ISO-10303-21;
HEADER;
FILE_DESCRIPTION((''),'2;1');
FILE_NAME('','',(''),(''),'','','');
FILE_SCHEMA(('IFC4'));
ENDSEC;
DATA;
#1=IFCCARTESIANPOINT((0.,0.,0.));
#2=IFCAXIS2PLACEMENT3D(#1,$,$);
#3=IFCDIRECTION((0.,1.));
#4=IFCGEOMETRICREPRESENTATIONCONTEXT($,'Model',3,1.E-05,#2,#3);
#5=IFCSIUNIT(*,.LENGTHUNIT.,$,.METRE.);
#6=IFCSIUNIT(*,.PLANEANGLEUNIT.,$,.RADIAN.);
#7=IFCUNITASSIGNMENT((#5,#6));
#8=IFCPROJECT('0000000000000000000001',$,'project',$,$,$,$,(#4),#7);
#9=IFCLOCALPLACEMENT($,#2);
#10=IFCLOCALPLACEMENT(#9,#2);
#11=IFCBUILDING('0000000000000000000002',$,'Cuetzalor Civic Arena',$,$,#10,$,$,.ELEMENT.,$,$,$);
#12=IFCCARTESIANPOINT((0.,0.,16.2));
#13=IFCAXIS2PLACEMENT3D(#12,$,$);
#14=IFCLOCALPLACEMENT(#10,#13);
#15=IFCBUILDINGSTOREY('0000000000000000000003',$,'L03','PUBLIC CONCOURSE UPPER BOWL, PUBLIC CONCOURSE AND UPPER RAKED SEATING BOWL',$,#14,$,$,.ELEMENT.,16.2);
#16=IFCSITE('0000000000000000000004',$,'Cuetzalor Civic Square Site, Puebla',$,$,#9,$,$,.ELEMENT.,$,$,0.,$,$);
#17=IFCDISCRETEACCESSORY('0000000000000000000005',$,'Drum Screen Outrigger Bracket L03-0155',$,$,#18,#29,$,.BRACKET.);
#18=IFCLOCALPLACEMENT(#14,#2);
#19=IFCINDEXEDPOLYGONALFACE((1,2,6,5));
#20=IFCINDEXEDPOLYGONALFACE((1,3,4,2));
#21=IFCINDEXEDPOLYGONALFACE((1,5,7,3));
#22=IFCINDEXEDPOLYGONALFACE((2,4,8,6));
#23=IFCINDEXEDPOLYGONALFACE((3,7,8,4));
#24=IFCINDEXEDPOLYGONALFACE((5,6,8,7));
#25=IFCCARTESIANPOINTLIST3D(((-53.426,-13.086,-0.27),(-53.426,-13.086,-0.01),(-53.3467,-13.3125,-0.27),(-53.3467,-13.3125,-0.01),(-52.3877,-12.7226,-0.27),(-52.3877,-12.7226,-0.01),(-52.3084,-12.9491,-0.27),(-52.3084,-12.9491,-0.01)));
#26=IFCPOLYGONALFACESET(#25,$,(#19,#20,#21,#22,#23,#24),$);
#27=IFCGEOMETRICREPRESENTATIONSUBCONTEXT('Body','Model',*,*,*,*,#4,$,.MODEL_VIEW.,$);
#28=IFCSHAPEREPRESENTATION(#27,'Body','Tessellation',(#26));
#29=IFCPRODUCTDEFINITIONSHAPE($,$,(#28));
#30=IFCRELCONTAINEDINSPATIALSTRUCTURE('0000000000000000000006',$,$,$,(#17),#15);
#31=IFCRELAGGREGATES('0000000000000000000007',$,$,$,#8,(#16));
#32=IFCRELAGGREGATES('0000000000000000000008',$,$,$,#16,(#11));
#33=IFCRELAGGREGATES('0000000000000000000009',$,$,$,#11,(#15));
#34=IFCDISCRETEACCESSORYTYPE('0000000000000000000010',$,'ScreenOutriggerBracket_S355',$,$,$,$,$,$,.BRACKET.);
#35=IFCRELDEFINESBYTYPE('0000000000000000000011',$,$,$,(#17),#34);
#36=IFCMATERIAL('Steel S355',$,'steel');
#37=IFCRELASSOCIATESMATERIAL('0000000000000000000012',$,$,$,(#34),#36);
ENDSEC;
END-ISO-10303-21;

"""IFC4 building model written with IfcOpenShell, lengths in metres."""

from ifc_helpers import new_model, si_unit, direction, frame, origin, origin_2d, place, context, subcontext, project, spatial, rectangle, extrude, material, type_object, element, save


model = new_model("IFC4")

# Units and contexts
model_context = context("Model", 3, precision=1e-05, world=origin(), true_north=direction((0.0, 1.0)))
body_context = subcontext(model_context, "Body", "Model", "MODEL_VIEW")
ifc_project = project(units=[si_unit("LENGTHUNIT", "METRE"), si_unit("PLANEANGLEUNIT", "RADIAN")], contexts=[model_context])

# Site, building, storey
site_placement = place(None, origin())
site = spatial("IfcSite", under=ifc_project, at=site_placement, Name="Cuetzalor Civic Square Site, Puebla", CompositionType="ELEMENT", RefElevation=0.0)
building_placement = place(site_placement, origin())
building = spatial("IfcBuilding", under=site, at=building_placement, Name="Cuetzalor Civic Arena", CompositionType="ELEMENT")
storey_placement = place(building_placement, frame((0.0, 0.0, 16.2)))
storey = spatial("IfcBuildingStorey", under=building, at=storey_placement, Name="L03", Description="PUBLIC CONCOURSE UPPER BOWL, PUBLIC CONCOURSE AND UPPER RAKED SEATING BOWL", CompositionType="ELEMENT", Elevation=16.2)

# Discrete accessory
ifc_material_1 = material(Name="Steel S355", Category="steel")
discrete_accessory_type = type_object("IfcDiscreteAccessoryType", Name="ScreenOutriggerBracket_S355", PredefinedType="BRACKET", material=ifc_material_1)
for number, where, z_axis, x_axis, name in (
    (1, (-52.8672, -13.0176, -0.27), (0.0, 0.0, 1.0), (-0.943859, -0.33035, 0.0), "Drum Screen Outrigger Bracket L03-0155"),
):
    element("IfcDiscreteAccessory", number, at=place(storey_placement, frame(where, z_axis=z_axis, x_axis=x_axis)), inside=storey, type_object=discrete_accessory_type, Name=name, PredefinedType="BRACKET", context=body_context, shape_type="SweptSolid", body=[
        extrude(rectangle(XDim=1.1001, YDim=0.24, at=origin_2d()), origin(), (0.0, 0.0, 1.0), 0.26),
    ])

save(model, "model.ifc")
